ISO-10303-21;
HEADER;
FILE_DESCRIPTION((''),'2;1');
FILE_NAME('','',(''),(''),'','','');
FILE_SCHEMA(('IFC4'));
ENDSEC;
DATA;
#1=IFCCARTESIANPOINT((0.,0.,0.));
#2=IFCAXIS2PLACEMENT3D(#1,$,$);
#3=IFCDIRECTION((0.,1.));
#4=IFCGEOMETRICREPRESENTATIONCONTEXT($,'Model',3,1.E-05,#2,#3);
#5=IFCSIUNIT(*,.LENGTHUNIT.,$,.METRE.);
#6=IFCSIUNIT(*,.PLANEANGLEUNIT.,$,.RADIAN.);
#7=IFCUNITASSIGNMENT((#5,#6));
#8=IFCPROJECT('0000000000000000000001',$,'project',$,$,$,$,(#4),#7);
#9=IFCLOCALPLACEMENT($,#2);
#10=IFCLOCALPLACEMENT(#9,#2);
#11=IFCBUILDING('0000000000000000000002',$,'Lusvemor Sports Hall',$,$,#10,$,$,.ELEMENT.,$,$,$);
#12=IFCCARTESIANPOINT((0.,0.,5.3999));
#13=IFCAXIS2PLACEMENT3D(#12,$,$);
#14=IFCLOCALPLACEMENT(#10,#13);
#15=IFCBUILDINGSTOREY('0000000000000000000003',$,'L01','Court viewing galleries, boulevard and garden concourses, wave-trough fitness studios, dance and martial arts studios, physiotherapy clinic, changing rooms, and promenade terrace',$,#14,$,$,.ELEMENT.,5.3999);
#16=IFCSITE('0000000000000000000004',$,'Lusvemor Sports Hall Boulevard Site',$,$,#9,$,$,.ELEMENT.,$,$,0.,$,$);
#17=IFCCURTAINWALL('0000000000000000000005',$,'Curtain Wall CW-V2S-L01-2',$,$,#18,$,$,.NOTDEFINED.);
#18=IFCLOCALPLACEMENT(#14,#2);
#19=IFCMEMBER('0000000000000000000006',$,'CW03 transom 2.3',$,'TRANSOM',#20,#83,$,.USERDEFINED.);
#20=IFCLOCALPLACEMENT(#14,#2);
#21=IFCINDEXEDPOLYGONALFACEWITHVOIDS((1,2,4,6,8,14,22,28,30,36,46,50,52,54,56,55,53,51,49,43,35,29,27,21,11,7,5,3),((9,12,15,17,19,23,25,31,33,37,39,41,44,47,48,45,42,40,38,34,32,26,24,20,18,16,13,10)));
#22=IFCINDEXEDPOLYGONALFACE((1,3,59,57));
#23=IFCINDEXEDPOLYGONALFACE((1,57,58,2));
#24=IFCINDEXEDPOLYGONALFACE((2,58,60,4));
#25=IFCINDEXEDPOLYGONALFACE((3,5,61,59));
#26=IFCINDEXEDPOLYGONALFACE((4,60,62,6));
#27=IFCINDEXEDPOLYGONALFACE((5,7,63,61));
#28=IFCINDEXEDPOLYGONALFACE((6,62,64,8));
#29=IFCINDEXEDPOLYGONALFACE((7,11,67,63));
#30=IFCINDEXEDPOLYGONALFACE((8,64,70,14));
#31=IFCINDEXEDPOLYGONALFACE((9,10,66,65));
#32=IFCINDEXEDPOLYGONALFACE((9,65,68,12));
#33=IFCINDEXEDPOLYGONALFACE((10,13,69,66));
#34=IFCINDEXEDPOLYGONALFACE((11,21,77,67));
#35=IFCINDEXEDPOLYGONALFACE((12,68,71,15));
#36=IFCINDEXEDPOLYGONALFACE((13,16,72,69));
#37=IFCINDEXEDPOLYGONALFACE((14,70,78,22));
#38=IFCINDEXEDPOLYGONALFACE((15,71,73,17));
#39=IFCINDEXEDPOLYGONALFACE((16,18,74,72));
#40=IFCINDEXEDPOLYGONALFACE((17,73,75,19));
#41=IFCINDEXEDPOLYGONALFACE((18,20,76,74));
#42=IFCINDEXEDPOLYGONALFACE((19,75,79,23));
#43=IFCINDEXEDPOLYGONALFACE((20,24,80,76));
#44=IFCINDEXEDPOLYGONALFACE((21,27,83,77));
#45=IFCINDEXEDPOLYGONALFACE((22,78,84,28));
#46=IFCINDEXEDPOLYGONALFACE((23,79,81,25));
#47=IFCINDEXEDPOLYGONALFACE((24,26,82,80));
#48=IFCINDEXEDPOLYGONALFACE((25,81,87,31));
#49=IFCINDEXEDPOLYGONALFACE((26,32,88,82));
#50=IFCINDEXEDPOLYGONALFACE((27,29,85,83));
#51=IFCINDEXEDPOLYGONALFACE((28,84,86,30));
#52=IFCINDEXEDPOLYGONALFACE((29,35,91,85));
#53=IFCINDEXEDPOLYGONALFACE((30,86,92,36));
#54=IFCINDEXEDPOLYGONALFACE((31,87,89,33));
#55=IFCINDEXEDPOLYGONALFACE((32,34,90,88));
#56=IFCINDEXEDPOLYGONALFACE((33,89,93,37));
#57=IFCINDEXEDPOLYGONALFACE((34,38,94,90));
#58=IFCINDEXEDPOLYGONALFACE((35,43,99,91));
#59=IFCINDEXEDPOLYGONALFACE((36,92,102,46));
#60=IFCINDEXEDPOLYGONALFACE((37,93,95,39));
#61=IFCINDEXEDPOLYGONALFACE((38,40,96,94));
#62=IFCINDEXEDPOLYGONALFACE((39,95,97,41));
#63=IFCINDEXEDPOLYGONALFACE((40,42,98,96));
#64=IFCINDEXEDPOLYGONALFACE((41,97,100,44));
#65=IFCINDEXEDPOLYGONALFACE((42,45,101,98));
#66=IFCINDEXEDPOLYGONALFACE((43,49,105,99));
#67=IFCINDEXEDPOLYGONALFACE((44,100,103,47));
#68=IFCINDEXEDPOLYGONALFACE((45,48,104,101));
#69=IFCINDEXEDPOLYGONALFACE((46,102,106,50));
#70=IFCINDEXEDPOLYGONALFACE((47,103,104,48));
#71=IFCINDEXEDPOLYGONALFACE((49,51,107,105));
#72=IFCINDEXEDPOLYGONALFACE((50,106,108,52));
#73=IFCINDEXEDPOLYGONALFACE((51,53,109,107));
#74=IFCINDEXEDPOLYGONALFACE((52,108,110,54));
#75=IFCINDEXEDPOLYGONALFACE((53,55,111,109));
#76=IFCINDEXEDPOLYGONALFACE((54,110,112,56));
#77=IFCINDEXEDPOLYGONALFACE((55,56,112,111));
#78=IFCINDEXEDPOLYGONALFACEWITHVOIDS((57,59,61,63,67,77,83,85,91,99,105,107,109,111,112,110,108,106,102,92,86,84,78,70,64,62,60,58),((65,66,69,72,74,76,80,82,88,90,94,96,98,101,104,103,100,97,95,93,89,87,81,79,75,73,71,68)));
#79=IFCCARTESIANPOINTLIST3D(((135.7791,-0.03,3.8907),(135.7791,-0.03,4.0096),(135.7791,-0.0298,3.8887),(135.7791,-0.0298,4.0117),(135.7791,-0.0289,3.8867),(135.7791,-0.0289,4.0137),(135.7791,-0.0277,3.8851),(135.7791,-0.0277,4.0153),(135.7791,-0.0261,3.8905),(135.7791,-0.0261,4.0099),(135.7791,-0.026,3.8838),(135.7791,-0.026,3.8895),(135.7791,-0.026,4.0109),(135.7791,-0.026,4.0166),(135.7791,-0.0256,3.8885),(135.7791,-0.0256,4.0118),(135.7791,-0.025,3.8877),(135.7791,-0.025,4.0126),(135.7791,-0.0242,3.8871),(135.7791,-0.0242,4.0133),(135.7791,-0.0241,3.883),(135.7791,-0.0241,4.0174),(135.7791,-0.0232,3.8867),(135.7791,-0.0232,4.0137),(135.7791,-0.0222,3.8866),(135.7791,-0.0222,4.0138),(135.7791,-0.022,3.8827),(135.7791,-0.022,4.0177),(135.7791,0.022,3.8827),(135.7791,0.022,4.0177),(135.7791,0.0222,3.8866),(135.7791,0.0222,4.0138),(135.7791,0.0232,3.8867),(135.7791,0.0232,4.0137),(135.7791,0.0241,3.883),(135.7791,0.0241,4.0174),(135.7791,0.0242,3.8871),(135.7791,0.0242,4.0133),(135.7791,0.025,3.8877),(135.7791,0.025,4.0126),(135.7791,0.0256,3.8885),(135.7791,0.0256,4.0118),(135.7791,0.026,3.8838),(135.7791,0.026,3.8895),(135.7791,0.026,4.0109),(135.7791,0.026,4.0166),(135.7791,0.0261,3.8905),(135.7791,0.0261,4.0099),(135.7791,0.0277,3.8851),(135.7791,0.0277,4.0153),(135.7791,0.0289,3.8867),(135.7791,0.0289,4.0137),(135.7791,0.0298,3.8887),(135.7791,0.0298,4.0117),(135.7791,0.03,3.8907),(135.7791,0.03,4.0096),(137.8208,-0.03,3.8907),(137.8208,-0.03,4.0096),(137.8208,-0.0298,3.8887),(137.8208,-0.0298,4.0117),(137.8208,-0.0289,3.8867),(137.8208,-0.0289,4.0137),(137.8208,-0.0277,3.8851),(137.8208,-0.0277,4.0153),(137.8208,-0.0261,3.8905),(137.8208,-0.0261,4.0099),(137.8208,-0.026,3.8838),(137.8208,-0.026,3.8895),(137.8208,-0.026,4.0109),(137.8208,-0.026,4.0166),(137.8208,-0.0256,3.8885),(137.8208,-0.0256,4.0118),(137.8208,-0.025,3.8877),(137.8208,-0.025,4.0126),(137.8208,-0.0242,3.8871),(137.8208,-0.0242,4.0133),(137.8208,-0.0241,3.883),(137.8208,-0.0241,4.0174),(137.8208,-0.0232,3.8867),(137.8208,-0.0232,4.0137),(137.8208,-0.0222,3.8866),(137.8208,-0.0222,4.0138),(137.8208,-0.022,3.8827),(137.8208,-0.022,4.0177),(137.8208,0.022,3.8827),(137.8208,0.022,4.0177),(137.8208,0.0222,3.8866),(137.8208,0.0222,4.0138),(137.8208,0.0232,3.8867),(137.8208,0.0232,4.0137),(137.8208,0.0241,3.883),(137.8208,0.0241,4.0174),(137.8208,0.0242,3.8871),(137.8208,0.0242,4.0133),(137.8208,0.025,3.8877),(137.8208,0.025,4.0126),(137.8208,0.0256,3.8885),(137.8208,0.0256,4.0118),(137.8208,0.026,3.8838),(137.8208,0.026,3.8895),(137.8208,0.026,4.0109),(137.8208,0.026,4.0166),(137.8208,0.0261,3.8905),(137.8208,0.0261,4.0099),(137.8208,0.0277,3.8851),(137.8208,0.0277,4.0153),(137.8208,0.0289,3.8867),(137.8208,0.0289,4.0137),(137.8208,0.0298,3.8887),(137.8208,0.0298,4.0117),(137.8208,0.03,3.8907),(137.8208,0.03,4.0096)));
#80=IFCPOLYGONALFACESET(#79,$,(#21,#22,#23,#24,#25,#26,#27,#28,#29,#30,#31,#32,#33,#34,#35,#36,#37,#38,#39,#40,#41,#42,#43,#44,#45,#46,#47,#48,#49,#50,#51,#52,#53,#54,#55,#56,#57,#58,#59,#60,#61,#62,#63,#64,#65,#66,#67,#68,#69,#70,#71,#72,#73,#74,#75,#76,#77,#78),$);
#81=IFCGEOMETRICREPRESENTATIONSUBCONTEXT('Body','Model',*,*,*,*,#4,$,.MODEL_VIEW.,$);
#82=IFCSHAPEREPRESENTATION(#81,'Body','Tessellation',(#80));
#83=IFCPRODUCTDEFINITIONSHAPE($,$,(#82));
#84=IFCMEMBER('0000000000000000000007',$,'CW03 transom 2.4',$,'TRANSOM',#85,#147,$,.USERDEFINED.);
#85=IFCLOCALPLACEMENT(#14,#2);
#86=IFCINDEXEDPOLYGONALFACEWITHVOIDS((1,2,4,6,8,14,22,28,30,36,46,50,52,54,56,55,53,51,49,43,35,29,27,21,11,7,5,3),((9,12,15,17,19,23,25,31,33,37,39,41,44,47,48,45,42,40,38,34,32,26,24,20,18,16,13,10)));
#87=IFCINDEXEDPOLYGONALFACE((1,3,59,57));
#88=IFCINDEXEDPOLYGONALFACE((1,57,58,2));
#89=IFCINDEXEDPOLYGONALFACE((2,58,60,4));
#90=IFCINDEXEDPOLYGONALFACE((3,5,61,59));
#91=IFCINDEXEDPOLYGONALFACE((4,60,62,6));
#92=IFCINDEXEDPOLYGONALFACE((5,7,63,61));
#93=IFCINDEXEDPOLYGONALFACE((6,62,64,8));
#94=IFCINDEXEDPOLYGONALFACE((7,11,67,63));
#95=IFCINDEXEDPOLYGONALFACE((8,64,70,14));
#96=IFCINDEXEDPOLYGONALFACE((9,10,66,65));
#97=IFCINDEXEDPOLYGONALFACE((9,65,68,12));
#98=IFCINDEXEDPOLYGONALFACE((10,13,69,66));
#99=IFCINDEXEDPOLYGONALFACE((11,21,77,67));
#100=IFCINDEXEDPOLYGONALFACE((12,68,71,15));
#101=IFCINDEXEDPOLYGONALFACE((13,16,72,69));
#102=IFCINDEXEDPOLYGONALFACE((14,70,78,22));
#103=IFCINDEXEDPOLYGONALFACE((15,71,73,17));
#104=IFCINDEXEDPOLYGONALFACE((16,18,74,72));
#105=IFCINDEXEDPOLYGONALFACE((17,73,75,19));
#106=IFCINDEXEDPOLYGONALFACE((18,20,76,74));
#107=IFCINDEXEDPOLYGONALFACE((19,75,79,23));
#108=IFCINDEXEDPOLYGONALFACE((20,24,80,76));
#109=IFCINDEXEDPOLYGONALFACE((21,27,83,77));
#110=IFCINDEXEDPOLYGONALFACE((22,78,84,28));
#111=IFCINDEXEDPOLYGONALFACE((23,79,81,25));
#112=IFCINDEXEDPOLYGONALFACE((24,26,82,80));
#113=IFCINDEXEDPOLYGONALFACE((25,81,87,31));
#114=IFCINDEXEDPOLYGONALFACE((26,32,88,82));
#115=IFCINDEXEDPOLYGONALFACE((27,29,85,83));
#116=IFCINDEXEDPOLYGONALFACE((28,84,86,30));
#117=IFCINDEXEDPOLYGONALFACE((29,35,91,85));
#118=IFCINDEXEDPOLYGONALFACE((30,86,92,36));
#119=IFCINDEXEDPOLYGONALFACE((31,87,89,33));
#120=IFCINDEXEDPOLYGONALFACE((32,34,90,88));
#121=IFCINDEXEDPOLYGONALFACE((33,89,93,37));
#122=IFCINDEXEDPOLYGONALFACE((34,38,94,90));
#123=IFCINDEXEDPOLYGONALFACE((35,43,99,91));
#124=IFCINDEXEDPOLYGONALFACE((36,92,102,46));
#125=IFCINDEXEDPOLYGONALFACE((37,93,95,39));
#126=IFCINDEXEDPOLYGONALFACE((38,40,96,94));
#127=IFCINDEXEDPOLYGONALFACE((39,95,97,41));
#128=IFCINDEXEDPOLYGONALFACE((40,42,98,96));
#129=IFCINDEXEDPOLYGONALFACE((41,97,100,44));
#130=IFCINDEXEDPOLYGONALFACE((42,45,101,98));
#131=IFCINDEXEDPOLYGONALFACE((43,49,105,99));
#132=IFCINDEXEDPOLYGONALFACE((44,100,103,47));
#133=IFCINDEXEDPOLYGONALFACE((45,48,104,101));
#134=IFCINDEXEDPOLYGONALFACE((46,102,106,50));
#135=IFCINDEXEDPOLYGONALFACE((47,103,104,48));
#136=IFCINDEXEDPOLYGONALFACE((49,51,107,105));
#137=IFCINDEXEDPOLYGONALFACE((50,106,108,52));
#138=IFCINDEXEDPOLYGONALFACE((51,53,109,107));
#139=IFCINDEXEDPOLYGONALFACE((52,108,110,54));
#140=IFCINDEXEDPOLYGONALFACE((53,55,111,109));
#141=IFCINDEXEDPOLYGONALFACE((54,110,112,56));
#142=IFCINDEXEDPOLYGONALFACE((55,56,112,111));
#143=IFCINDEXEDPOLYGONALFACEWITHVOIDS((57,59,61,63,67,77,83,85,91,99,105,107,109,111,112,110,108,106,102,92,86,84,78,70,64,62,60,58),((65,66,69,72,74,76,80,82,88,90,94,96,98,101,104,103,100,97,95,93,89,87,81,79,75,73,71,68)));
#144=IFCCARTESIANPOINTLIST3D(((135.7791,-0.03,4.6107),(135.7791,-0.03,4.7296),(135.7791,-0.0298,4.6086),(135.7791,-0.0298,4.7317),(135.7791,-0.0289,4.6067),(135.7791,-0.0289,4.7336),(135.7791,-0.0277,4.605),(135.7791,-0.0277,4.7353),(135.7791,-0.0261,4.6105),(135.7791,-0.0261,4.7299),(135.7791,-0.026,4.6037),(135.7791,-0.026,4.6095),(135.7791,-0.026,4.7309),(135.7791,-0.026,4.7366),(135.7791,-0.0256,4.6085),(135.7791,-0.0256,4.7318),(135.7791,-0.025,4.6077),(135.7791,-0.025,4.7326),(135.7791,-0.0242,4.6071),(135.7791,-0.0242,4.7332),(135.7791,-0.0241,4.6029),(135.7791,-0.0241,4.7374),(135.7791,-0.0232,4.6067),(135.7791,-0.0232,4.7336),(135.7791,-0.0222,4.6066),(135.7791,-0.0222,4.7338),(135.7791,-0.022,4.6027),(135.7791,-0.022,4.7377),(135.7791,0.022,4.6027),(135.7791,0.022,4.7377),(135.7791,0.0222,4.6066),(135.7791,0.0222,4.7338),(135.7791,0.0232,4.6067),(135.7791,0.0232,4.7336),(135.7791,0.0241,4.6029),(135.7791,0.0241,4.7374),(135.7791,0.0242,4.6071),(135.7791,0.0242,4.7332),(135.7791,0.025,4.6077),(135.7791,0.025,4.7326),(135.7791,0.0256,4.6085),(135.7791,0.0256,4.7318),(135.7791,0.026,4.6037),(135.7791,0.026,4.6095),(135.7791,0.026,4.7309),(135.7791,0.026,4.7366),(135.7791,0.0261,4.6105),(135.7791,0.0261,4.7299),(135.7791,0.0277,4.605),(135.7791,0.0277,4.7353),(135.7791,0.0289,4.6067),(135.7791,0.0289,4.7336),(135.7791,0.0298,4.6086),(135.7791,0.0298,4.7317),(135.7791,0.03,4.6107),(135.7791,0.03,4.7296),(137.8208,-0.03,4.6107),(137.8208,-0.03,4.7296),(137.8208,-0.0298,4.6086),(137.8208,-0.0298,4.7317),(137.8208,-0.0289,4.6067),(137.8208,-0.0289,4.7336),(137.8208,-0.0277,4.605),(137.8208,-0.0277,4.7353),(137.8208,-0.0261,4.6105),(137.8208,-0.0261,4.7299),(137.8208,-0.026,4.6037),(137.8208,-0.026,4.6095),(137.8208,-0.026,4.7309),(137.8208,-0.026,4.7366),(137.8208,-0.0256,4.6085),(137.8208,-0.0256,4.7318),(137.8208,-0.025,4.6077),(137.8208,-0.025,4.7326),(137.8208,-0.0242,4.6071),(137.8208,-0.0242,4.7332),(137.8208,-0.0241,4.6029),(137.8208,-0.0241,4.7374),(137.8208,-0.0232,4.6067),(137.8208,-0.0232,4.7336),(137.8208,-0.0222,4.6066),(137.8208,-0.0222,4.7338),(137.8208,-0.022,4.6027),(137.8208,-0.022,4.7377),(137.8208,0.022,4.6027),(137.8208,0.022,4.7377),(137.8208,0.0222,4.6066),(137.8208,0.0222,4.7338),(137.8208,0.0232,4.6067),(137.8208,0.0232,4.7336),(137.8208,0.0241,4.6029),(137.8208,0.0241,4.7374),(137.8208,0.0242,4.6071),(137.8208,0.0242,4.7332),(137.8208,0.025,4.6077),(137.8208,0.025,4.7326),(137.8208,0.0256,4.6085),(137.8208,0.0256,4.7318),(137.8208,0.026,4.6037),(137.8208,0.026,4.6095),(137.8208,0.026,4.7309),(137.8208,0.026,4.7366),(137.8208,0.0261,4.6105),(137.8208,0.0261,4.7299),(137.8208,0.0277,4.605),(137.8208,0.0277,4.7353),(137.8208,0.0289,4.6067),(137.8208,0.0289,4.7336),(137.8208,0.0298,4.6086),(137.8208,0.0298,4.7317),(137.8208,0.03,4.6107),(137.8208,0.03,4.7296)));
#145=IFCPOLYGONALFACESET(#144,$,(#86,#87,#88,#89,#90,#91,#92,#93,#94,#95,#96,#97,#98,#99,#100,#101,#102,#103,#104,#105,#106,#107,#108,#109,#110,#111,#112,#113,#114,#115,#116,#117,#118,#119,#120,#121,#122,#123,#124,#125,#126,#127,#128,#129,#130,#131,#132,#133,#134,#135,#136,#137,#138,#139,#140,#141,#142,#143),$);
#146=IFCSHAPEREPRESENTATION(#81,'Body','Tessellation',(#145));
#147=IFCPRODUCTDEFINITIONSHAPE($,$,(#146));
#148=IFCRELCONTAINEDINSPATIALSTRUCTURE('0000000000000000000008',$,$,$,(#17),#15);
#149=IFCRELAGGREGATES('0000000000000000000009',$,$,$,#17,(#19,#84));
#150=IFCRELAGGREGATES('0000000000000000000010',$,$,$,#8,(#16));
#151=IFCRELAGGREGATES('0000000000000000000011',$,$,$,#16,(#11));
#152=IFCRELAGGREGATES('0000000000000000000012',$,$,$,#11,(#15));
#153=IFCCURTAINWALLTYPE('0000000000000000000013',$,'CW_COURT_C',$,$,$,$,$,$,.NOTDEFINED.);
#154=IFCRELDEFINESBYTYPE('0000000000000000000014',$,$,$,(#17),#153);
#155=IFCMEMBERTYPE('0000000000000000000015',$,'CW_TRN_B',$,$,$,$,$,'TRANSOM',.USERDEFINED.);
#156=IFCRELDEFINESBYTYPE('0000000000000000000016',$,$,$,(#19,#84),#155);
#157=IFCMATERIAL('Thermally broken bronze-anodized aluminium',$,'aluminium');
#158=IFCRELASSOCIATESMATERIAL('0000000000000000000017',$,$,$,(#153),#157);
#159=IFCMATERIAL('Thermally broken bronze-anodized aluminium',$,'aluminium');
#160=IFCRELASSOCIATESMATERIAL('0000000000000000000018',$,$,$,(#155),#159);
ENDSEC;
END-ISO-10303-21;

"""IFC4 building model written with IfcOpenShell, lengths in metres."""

from ifc_helpers import new_model, si_unit, direction, frame, origin, origin_2d, place, context, subcontext, project, spatial, hollow_rectangle, extrude, material, material_profile, profile_set, type_object, element, aggregate, save


model = new_model("IFC4")

# Units and contexts
model_context = context("Model", 3, precision=1e-05, world=origin(), true_north=direction((0.0, 1.0)))
body_context = subcontext(model_context, "Body", "Model", "MODEL_VIEW")
ifc_project = project(units=[si_unit("LENGTHUNIT", "METRE"), si_unit("PLANEANGLEUNIT", "RADIAN")], contexts=[model_context])

# Site, building, storey
site_placement = place(None, origin())
site = spatial("IfcSite", under=ifc_project, at=site_placement, Name="Lusvemor Sports Hall Boulevard Site", CompositionType="ELEMENT", RefElevation=0.0)
building_placement = place(site_placement, origin())
building = spatial("IfcBuilding", under=site, at=building_placement, Name="Lusvemor Sports Hall", CompositionType="ELEMENT")
storey_placement = place(building_placement, frame((0.0, 0.0, 5.3999)))
storey = spatial("IfcBuildingStorey", under=building, at=storey_placement, Name="L01", Description="Court viewing galleries, boulevard and garden concourses, wave-trough fitness studios, dance and martial arts studios, physiotherapy clinic, changing rooms, and promenade terrace", CompositionType="ELEMENT", Elevation=5.3999)

# Curtain wall, members
ifc_material_1 = material(Name="Thermally broken bronze-anodized aluminium", Category="aluminium")
curtain_wall_type = type_object("IfcCurtainWallType", Name="CW_COURT_C", PredefinedType="NOTDEFINED", material=ifc_material_1)
curtain_wall_placement = place(storey_placement, origin())
curtain_wall = element("IfcCurtainWall", 1, at=curtain_wall_placement, inside=storey, type_object=curtain_wall_type, Name="Curtain Wall CW-V2S-L01-2", PredefinedType="NOTDEFINED")
ifc_material_2 = material(Name="Thermally broken bronze-anodized aluminium", Category="aluminium")
ifc_material_profile_1 = material_profile(ifc_material_2, hollow_rectangle(XDim=0.0601, YDim=0.135, WallThickness=0.0039, InnerFilletRadius=0.0039, OuterFilletRadius=0.0081, at=origin_2d()), Name="CWTRN135x60x4")
ifc_profile_set_1 = profile_set([ifc_material_profile_1], Name="Thermally broken bronze-anodized aluminium")
member_type_1 = type_object("IfcMemberType", Name="CW_TRN_B", ElementType="TRANSOM", PredefinedType="USERDEFINED", material=ifc_profile_set_1)
member_1_placement = place(storey_placement, frame((137.8208, 0.0, 3.9502), z_axis=(-1.0, 0.0, 0.0), x_axis=(0.0, -1.0, 0.0)))
member_1 = element("IfcMember", 2, at=member_1_placement, type_object=member_type_1, Name="CW03 transom 2.3", ObjectType="TRANSOM", PredefinedType="USERDEFINED", context=body_context, shape_type="SweptSolid", body=[
    extrude(hollow_rectangle(XDim=0.0601, YDim=0.135, WallThickness=0.0039, InnerFilletRadius=0.0039, OuterFilletRadius=0.0081, at=origin_2d()), origin(), (0.0, 0.0, 1.0), 2.0417),
])
member_2_placement = place(storey_placement, frame((137.8208, 0.0, 4.6702), z_axis=(-1.0, 0.0, 0.0), x_axis=(0.0, -1.0, 0.0)))
member_2 = element("IfcMember", 3, at=member_2_placement, type_object=member_type_1, Name="CW03 transom 2.4", ObjectType="TRANSOM", PredefinedType="USERDEFINED", context=body_context, shape_type="SweptSolid", body=[
    extrude(hollow_rectangle(XDim=0.0601, YDim=0.135, WallThickness=0.0039, InnerFilletRadius=0.0039, OuterFilletRadius=0.0081, at=origin_2d()), origin(), (0.0, 0.0, 1.0), 2.0417),
])

aggregate(curtain_wall, [member_1, member_2])

save(model, "model.ifc")
